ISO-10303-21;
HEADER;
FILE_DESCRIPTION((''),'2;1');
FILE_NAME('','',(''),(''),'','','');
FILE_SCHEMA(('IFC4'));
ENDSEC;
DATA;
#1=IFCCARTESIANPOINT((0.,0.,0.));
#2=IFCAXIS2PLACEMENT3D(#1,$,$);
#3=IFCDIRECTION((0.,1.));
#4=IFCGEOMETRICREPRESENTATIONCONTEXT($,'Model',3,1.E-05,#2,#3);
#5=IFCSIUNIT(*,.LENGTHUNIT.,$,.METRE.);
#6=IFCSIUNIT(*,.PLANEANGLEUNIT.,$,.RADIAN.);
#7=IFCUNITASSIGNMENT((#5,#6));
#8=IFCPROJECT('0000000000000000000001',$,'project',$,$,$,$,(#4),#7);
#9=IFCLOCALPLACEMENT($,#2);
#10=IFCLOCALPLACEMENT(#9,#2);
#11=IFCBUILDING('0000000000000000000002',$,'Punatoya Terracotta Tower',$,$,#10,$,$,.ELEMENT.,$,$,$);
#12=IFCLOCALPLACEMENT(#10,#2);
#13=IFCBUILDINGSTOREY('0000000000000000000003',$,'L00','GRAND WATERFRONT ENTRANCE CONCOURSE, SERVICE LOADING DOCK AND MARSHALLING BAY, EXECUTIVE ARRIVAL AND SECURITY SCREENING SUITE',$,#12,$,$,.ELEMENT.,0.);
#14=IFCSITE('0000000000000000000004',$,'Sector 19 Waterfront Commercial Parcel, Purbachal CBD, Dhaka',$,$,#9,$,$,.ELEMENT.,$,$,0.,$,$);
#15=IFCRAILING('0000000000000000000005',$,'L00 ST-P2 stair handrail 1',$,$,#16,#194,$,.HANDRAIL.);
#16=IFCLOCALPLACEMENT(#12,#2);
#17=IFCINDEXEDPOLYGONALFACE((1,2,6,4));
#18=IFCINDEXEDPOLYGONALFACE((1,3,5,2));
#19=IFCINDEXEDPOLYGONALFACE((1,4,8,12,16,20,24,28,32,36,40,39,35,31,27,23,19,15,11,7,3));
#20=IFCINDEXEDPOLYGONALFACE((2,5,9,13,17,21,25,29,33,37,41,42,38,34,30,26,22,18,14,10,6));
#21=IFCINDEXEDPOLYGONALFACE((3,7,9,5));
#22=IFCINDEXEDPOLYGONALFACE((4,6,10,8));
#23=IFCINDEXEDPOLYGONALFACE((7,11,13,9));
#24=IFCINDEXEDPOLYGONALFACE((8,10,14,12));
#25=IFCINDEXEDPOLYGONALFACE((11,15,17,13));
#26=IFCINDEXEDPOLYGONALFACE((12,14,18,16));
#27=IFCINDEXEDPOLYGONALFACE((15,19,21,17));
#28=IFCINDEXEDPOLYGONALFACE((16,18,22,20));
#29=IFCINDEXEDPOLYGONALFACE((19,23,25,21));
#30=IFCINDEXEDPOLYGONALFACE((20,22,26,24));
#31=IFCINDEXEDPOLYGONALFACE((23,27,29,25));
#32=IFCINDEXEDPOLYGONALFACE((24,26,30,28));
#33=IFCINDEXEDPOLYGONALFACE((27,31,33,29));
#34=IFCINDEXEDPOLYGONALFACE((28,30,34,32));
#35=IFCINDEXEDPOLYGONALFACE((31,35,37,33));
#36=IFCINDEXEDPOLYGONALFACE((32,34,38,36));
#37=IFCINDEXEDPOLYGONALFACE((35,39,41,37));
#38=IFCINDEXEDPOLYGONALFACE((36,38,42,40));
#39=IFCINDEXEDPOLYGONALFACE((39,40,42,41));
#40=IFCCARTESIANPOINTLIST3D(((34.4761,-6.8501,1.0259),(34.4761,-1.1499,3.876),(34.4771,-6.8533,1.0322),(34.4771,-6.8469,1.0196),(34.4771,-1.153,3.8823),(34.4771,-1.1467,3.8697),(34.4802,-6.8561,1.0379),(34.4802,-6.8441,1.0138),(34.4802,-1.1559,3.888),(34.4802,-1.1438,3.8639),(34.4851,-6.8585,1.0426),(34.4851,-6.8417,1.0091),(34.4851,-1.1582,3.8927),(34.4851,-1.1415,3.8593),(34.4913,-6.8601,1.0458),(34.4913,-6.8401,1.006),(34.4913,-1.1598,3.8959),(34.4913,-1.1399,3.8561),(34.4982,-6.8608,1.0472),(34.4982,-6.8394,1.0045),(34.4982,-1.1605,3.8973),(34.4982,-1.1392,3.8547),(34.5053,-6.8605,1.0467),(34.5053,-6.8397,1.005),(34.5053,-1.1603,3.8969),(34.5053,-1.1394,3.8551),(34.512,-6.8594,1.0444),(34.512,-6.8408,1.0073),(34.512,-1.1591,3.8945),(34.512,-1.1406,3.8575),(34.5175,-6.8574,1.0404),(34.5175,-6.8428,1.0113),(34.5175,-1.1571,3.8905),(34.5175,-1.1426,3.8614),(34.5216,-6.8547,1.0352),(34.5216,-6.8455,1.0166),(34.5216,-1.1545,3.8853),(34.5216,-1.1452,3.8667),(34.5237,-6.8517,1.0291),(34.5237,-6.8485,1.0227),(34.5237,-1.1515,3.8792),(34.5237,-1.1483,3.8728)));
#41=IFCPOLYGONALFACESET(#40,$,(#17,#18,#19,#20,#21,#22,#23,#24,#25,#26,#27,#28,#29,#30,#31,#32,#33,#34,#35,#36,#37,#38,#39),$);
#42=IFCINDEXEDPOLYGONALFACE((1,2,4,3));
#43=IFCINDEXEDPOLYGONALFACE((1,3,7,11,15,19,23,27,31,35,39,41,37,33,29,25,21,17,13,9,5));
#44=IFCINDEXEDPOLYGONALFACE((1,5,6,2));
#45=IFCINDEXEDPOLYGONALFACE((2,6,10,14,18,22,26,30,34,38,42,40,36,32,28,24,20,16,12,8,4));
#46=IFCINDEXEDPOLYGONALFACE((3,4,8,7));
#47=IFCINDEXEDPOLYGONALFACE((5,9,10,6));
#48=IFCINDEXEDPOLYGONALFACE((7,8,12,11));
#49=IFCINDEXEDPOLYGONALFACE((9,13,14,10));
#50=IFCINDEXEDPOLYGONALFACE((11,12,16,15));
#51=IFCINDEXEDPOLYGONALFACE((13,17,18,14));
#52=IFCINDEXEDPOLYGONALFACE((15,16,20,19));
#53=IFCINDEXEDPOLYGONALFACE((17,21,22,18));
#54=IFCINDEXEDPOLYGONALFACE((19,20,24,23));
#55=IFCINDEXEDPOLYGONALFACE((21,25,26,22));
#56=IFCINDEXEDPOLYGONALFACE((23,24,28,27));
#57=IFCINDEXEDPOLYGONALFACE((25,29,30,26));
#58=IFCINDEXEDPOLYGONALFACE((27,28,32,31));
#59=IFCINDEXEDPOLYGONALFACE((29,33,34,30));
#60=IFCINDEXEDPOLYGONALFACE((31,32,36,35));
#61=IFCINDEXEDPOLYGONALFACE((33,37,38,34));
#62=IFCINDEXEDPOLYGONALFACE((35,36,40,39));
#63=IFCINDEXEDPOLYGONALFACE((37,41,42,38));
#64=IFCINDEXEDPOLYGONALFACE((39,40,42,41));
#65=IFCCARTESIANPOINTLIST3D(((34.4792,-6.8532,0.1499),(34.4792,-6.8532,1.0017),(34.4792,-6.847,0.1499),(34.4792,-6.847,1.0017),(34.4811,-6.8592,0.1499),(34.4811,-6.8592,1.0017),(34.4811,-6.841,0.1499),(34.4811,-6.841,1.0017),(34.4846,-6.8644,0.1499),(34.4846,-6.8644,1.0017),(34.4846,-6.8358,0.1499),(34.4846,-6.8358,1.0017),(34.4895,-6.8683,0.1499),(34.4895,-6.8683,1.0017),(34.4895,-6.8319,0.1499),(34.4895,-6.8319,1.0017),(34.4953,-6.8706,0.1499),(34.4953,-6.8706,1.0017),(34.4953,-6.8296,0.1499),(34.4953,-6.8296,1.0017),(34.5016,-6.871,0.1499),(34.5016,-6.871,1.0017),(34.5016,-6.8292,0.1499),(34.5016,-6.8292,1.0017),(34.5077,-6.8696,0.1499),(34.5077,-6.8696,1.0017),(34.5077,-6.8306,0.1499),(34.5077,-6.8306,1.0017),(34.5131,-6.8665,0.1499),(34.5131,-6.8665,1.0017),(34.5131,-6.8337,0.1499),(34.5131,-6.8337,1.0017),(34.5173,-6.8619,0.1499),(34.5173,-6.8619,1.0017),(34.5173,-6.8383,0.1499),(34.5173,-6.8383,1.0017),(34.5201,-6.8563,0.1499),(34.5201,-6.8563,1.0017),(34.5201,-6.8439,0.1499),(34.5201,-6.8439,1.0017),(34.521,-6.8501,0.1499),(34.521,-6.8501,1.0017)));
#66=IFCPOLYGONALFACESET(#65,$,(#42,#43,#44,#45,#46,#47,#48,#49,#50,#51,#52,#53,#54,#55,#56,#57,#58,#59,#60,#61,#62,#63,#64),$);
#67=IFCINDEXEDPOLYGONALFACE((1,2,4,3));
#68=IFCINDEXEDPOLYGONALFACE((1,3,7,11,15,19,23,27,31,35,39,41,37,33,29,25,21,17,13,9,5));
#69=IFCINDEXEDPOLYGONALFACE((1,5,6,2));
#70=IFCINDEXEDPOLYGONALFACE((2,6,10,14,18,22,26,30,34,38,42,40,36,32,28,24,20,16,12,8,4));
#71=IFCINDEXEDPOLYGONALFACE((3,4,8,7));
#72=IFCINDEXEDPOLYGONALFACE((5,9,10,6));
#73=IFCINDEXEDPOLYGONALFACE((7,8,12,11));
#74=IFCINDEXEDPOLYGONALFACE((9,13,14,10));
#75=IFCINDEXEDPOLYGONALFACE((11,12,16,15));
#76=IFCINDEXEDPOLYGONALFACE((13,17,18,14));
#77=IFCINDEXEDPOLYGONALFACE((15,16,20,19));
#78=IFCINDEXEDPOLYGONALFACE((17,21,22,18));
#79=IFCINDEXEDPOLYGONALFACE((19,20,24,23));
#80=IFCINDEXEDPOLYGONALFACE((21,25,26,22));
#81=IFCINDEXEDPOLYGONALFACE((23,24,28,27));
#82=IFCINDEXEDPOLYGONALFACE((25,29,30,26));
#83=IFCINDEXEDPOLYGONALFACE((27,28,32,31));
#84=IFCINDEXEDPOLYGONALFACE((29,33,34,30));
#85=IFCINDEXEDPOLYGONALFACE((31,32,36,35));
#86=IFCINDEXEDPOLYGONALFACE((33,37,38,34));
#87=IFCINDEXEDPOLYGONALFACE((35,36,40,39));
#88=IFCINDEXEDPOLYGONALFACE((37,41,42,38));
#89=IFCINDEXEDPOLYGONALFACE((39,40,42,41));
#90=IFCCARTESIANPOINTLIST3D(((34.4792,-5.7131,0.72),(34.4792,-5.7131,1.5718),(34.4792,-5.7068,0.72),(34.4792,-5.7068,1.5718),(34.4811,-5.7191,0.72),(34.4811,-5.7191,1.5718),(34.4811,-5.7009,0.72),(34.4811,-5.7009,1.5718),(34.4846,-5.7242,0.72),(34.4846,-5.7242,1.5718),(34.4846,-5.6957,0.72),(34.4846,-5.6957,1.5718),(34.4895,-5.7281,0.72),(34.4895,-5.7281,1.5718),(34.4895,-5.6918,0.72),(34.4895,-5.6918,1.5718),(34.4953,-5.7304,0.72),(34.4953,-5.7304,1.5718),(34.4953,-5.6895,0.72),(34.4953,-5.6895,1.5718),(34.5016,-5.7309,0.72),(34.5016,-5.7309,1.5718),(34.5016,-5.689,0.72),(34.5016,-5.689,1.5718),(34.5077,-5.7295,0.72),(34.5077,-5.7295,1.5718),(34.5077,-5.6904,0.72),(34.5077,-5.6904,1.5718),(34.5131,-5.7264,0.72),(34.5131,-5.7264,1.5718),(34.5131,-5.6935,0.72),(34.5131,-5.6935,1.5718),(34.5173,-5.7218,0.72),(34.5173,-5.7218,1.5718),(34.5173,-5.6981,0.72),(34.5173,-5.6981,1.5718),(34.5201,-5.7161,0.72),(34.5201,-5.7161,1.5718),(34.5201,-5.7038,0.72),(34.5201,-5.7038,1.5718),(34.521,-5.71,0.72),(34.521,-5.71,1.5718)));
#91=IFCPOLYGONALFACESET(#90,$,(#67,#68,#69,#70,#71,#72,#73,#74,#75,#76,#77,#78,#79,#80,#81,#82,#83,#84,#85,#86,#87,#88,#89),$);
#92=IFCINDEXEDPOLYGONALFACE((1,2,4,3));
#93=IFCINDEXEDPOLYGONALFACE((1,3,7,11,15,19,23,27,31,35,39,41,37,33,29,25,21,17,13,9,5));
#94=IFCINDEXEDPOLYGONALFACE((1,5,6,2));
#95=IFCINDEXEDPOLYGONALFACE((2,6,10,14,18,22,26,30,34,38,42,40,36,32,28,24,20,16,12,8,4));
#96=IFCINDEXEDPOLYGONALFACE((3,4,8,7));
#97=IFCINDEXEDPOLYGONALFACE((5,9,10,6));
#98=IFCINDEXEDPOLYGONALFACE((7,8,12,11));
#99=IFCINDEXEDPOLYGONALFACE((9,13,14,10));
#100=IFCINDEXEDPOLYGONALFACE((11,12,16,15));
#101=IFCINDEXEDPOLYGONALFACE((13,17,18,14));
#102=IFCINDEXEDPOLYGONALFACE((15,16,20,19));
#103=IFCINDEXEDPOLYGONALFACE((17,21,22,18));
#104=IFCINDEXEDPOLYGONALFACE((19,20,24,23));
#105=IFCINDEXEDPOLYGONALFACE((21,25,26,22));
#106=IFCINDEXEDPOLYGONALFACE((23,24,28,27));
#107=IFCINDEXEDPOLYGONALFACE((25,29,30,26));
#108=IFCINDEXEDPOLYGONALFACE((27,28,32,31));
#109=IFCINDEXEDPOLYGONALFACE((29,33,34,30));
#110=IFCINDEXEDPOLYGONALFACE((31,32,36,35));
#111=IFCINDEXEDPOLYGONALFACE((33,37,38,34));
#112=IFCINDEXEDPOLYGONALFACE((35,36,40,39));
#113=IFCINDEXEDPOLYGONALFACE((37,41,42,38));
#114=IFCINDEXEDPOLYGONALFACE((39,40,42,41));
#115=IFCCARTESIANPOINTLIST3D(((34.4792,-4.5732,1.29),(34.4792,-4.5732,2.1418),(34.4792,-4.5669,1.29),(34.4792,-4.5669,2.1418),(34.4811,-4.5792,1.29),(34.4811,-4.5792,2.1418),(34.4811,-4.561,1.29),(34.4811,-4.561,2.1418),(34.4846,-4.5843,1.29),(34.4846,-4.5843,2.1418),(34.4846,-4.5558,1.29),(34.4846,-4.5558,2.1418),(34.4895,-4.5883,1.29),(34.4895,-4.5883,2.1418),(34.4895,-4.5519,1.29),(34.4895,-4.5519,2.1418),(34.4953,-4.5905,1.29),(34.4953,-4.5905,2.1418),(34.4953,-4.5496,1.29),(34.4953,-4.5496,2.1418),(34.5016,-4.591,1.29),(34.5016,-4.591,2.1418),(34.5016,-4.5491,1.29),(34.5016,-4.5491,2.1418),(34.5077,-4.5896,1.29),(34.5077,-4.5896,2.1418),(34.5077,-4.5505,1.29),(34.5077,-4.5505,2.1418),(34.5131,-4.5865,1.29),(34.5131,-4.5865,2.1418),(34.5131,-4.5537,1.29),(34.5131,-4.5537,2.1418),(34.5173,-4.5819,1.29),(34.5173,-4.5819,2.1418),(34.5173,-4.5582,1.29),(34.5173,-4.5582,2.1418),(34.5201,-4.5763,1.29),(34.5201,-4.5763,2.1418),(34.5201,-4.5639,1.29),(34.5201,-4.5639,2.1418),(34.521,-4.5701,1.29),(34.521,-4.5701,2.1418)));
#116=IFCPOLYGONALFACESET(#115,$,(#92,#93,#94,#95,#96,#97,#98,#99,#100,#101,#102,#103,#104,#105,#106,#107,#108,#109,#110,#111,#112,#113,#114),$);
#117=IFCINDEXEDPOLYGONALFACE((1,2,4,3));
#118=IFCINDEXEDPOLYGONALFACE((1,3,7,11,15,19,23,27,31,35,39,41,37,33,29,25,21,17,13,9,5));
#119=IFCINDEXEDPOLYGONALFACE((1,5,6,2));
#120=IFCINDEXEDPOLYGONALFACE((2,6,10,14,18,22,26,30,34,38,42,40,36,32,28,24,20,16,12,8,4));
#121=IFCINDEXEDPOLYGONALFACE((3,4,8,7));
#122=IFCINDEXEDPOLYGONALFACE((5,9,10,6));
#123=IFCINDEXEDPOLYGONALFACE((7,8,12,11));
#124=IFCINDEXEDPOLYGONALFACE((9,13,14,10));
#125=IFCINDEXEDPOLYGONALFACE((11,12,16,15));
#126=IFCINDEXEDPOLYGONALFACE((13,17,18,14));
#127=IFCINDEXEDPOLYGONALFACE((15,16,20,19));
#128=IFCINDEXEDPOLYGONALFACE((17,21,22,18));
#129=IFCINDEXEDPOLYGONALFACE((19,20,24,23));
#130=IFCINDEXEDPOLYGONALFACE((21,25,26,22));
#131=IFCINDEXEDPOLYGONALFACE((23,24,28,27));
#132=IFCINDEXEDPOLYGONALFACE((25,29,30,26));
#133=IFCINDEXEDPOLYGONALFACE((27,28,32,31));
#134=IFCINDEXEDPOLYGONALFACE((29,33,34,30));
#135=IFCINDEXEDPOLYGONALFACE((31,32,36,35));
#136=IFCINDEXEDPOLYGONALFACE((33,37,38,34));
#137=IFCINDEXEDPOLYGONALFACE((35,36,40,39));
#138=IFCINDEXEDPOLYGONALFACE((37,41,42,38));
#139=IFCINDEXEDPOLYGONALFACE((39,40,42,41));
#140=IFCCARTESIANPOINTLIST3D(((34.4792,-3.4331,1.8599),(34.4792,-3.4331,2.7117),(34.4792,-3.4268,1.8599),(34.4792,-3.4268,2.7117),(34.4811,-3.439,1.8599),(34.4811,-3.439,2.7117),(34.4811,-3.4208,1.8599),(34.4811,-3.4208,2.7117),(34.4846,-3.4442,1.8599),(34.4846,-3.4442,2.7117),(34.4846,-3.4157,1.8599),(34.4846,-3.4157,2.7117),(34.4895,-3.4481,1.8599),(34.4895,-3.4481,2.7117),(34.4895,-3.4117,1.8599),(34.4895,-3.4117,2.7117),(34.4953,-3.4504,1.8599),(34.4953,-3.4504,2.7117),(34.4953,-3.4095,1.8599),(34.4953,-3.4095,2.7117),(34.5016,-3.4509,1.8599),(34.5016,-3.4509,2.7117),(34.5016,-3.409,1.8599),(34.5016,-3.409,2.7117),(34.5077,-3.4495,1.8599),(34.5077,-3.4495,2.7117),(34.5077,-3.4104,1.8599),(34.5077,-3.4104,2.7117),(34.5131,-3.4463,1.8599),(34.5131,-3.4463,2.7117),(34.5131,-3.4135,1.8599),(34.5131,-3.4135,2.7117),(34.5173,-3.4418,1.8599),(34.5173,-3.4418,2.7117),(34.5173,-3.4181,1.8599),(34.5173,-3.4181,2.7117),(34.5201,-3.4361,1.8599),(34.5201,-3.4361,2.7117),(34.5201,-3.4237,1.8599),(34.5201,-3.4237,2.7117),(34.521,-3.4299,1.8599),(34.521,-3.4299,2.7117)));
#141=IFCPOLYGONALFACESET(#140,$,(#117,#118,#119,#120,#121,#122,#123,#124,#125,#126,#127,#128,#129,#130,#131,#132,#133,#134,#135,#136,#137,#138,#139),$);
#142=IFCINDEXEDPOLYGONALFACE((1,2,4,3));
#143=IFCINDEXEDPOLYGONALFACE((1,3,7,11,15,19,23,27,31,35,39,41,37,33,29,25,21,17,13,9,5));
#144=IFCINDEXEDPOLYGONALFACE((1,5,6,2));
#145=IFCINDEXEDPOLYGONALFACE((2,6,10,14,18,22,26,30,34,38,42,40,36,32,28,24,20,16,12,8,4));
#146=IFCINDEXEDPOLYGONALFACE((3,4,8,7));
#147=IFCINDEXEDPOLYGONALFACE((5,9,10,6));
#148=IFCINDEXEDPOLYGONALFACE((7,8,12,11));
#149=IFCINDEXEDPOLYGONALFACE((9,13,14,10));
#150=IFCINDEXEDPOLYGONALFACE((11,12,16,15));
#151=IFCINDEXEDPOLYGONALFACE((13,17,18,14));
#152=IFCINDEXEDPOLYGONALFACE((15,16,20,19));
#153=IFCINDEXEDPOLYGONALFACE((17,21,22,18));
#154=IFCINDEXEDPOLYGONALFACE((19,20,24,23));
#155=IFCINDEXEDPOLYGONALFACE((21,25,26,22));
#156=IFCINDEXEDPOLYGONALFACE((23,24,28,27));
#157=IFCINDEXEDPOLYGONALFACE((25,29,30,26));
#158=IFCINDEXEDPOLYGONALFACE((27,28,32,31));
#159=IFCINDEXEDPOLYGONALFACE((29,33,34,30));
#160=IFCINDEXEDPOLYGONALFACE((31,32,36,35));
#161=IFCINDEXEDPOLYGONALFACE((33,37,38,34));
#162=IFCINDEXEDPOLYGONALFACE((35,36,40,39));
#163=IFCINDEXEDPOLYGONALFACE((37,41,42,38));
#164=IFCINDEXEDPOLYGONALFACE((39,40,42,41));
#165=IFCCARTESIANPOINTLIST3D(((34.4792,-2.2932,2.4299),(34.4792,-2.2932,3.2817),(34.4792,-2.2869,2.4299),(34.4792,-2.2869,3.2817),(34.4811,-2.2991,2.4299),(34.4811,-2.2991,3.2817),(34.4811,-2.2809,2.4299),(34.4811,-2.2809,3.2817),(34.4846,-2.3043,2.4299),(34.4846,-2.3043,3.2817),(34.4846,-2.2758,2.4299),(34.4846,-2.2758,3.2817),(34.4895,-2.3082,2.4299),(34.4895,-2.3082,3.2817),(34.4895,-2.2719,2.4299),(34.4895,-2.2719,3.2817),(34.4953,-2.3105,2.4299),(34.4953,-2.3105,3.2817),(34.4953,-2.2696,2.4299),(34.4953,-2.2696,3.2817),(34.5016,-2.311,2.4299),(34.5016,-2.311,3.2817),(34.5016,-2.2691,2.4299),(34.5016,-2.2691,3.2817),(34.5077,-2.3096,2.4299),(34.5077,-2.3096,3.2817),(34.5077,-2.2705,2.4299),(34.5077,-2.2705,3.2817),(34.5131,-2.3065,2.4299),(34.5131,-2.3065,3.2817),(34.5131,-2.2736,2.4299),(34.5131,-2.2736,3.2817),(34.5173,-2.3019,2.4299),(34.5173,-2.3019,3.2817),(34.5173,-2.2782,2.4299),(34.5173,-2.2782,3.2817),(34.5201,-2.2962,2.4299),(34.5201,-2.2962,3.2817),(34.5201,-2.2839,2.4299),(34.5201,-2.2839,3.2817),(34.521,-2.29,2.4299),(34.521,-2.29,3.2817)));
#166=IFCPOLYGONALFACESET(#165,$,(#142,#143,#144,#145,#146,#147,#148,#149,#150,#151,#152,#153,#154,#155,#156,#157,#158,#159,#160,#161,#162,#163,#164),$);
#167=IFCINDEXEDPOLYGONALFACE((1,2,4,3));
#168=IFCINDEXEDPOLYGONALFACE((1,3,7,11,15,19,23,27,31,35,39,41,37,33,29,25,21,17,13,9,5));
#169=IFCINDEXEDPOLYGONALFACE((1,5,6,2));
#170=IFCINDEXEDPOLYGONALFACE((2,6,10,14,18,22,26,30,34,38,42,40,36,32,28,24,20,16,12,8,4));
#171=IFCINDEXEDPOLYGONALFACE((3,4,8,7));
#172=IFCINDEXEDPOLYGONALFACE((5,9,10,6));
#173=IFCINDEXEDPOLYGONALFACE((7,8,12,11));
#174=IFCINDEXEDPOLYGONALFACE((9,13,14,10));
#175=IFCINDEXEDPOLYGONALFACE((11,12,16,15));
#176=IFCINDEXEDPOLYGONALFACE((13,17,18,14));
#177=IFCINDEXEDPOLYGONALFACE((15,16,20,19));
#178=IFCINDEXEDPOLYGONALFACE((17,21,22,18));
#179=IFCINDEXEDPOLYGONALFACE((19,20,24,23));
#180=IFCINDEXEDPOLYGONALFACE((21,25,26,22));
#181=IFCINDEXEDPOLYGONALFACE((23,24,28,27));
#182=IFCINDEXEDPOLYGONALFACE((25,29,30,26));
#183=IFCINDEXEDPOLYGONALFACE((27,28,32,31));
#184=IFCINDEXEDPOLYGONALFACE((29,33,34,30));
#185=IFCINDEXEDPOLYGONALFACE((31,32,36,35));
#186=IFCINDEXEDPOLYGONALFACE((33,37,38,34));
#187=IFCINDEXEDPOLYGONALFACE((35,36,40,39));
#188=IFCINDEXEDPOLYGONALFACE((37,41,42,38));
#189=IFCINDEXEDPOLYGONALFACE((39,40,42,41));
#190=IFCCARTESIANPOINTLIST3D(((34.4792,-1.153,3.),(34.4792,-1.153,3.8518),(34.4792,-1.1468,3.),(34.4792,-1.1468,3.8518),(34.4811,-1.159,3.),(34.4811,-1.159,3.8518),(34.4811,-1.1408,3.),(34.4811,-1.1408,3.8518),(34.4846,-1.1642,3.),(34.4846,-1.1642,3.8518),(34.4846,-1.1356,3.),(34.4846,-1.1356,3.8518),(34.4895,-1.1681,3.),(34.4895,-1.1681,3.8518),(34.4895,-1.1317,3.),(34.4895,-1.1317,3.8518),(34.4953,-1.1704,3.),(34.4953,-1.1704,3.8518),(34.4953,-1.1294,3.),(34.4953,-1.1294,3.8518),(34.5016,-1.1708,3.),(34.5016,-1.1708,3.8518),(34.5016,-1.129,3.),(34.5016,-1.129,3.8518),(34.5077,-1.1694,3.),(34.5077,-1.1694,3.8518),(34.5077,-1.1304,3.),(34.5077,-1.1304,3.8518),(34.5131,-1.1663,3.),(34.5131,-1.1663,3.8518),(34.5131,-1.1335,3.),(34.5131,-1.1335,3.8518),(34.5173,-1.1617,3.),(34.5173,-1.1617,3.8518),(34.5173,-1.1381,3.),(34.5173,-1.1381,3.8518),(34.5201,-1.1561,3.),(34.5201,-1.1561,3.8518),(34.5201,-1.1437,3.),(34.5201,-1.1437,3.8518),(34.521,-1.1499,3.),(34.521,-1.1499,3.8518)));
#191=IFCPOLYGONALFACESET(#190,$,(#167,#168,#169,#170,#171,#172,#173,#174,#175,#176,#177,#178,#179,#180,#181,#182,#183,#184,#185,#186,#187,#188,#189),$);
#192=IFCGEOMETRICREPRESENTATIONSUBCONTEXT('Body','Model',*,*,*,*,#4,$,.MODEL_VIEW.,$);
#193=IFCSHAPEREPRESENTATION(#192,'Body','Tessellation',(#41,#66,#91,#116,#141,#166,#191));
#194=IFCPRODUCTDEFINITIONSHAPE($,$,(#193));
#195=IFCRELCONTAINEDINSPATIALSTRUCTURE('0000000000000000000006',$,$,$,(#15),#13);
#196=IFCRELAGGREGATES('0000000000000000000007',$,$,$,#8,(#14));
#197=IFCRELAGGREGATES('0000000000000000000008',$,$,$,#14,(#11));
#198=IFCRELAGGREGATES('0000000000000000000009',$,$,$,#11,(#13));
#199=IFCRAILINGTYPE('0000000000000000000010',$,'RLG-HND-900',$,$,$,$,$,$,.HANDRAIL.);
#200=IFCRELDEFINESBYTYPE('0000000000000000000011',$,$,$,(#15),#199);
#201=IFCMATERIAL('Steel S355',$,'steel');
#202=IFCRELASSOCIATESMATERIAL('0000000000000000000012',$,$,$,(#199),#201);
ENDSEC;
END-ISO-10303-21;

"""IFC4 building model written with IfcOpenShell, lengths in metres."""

from ifc_helpers import new_model, si_unit, direction, frame, origin, origin_2d, place, context, subcontext, project, spatial, circle, extrude, material, type_object, element, save


model = new_model("IFC4")

# Units and contexts
model_context = context("Model", 3, precision=1e-05, world=origin(), true_north=direction((0.0, 1.0)))
body_context = subcontext(model_context, "Body", "Model", "MODEL_VIEW")
ifc_project = project(units=[si_unit("LENGTHUNIT", "METRE"), si_unit("PLANEANGLEUNIT", "RADIAN")], contexts=[model_context])

# Site, building, storey
site_placement = place(None, origin())
site = spatial("IfcSite", under=ifc_project, at=site_placement, Name="Sector 19 Waterfront Commercial Parcel, Purbachal CBD, Dhaka", CompositionType="ELEMENT", RefElevation=0.0)
building_placement = place(site_placement, origin())
building = spatial("IfcBuilding", under=site, at=building_placement, Name="Punatoya Terracotta Tower", CompositionType="ELEMENT")
storey_placement = place(building_placement, origin())
storey = spatial("IfcBuildingStorey", under=building, at=storey_placement, Name="L00", Description="GRAND WATERFRONT ENTRANCE CONCOURSE, SERVICE LOADING DOCK AND MARSHALLING BAY, EXECUTIVE ARRIVAL AND SECURITY SCREENING SUITE", CompositionType="ELEMENT", Elevation=0.0)

# Shared definitions
ifc_material_1 = material(Name="Steel S355", Category="steel")

# Railing
railing_type_1 = type_object("IfcRailingType", Name="RLG-HND-900", PredefinedType="HANDRAIL", material=ifc_material_1)
railing_1_placement = place(storey_placement, frame((34.5, -6.8501, 0.1499)))
element("IfcRailing", 1, at=railing_1_placement, inside=storey, type_object=railing_type_1, Name="L00 ST-P2 stair handrail 1", PredefinedType="HANDRAIL", context=body_context, shape_type="SweptSolid", body=[
    extrude(circle(Radius=0.0239, at=origin_2d()), frame((0.0, 0.0, 0.876), z_axis=(0.0, 0.894427, 0.447214), x_axis=(-1.0, 0.0, 0.0)), (0.0, 0.0, 1.0), 6.373),
    extrude(circle(Radius=0.021, at=origin_2d()), origin(), (0.0, 0.0, 1.0), 0.8518),
    extrude(circle(Radius=0.021, at=origin_2d()), frame((0.0, 1.1401, 0.5701)), (0.0, 0.0, 1.0), 0.8518),
    extrude(circle(Radius=0.021, at=origin_2d()), frame((0.0, 2.28, 1.1401)), (0.0, 0.0, 1.0), 0.8518),
    extrude(circle(Radius=0.021, at=origin_2d()), frame((0.0, 3.4202, 1.71)), (0.0, 0.0, 1.0), 0.8518),
    extrude(circle(Radius=0.021, at=origin_2d()), frame((0.0, 4.5601, 2.28)), (0.0, 0.0, 1.0), 0.8518),
    extrude(circle(Radius=0.021, at=origin_2d()), frame((0.0, 5.7002, 2.8501)), (0.0, 0.0, 1.0), 0.8518),
])

save(model, "model.ifc")
